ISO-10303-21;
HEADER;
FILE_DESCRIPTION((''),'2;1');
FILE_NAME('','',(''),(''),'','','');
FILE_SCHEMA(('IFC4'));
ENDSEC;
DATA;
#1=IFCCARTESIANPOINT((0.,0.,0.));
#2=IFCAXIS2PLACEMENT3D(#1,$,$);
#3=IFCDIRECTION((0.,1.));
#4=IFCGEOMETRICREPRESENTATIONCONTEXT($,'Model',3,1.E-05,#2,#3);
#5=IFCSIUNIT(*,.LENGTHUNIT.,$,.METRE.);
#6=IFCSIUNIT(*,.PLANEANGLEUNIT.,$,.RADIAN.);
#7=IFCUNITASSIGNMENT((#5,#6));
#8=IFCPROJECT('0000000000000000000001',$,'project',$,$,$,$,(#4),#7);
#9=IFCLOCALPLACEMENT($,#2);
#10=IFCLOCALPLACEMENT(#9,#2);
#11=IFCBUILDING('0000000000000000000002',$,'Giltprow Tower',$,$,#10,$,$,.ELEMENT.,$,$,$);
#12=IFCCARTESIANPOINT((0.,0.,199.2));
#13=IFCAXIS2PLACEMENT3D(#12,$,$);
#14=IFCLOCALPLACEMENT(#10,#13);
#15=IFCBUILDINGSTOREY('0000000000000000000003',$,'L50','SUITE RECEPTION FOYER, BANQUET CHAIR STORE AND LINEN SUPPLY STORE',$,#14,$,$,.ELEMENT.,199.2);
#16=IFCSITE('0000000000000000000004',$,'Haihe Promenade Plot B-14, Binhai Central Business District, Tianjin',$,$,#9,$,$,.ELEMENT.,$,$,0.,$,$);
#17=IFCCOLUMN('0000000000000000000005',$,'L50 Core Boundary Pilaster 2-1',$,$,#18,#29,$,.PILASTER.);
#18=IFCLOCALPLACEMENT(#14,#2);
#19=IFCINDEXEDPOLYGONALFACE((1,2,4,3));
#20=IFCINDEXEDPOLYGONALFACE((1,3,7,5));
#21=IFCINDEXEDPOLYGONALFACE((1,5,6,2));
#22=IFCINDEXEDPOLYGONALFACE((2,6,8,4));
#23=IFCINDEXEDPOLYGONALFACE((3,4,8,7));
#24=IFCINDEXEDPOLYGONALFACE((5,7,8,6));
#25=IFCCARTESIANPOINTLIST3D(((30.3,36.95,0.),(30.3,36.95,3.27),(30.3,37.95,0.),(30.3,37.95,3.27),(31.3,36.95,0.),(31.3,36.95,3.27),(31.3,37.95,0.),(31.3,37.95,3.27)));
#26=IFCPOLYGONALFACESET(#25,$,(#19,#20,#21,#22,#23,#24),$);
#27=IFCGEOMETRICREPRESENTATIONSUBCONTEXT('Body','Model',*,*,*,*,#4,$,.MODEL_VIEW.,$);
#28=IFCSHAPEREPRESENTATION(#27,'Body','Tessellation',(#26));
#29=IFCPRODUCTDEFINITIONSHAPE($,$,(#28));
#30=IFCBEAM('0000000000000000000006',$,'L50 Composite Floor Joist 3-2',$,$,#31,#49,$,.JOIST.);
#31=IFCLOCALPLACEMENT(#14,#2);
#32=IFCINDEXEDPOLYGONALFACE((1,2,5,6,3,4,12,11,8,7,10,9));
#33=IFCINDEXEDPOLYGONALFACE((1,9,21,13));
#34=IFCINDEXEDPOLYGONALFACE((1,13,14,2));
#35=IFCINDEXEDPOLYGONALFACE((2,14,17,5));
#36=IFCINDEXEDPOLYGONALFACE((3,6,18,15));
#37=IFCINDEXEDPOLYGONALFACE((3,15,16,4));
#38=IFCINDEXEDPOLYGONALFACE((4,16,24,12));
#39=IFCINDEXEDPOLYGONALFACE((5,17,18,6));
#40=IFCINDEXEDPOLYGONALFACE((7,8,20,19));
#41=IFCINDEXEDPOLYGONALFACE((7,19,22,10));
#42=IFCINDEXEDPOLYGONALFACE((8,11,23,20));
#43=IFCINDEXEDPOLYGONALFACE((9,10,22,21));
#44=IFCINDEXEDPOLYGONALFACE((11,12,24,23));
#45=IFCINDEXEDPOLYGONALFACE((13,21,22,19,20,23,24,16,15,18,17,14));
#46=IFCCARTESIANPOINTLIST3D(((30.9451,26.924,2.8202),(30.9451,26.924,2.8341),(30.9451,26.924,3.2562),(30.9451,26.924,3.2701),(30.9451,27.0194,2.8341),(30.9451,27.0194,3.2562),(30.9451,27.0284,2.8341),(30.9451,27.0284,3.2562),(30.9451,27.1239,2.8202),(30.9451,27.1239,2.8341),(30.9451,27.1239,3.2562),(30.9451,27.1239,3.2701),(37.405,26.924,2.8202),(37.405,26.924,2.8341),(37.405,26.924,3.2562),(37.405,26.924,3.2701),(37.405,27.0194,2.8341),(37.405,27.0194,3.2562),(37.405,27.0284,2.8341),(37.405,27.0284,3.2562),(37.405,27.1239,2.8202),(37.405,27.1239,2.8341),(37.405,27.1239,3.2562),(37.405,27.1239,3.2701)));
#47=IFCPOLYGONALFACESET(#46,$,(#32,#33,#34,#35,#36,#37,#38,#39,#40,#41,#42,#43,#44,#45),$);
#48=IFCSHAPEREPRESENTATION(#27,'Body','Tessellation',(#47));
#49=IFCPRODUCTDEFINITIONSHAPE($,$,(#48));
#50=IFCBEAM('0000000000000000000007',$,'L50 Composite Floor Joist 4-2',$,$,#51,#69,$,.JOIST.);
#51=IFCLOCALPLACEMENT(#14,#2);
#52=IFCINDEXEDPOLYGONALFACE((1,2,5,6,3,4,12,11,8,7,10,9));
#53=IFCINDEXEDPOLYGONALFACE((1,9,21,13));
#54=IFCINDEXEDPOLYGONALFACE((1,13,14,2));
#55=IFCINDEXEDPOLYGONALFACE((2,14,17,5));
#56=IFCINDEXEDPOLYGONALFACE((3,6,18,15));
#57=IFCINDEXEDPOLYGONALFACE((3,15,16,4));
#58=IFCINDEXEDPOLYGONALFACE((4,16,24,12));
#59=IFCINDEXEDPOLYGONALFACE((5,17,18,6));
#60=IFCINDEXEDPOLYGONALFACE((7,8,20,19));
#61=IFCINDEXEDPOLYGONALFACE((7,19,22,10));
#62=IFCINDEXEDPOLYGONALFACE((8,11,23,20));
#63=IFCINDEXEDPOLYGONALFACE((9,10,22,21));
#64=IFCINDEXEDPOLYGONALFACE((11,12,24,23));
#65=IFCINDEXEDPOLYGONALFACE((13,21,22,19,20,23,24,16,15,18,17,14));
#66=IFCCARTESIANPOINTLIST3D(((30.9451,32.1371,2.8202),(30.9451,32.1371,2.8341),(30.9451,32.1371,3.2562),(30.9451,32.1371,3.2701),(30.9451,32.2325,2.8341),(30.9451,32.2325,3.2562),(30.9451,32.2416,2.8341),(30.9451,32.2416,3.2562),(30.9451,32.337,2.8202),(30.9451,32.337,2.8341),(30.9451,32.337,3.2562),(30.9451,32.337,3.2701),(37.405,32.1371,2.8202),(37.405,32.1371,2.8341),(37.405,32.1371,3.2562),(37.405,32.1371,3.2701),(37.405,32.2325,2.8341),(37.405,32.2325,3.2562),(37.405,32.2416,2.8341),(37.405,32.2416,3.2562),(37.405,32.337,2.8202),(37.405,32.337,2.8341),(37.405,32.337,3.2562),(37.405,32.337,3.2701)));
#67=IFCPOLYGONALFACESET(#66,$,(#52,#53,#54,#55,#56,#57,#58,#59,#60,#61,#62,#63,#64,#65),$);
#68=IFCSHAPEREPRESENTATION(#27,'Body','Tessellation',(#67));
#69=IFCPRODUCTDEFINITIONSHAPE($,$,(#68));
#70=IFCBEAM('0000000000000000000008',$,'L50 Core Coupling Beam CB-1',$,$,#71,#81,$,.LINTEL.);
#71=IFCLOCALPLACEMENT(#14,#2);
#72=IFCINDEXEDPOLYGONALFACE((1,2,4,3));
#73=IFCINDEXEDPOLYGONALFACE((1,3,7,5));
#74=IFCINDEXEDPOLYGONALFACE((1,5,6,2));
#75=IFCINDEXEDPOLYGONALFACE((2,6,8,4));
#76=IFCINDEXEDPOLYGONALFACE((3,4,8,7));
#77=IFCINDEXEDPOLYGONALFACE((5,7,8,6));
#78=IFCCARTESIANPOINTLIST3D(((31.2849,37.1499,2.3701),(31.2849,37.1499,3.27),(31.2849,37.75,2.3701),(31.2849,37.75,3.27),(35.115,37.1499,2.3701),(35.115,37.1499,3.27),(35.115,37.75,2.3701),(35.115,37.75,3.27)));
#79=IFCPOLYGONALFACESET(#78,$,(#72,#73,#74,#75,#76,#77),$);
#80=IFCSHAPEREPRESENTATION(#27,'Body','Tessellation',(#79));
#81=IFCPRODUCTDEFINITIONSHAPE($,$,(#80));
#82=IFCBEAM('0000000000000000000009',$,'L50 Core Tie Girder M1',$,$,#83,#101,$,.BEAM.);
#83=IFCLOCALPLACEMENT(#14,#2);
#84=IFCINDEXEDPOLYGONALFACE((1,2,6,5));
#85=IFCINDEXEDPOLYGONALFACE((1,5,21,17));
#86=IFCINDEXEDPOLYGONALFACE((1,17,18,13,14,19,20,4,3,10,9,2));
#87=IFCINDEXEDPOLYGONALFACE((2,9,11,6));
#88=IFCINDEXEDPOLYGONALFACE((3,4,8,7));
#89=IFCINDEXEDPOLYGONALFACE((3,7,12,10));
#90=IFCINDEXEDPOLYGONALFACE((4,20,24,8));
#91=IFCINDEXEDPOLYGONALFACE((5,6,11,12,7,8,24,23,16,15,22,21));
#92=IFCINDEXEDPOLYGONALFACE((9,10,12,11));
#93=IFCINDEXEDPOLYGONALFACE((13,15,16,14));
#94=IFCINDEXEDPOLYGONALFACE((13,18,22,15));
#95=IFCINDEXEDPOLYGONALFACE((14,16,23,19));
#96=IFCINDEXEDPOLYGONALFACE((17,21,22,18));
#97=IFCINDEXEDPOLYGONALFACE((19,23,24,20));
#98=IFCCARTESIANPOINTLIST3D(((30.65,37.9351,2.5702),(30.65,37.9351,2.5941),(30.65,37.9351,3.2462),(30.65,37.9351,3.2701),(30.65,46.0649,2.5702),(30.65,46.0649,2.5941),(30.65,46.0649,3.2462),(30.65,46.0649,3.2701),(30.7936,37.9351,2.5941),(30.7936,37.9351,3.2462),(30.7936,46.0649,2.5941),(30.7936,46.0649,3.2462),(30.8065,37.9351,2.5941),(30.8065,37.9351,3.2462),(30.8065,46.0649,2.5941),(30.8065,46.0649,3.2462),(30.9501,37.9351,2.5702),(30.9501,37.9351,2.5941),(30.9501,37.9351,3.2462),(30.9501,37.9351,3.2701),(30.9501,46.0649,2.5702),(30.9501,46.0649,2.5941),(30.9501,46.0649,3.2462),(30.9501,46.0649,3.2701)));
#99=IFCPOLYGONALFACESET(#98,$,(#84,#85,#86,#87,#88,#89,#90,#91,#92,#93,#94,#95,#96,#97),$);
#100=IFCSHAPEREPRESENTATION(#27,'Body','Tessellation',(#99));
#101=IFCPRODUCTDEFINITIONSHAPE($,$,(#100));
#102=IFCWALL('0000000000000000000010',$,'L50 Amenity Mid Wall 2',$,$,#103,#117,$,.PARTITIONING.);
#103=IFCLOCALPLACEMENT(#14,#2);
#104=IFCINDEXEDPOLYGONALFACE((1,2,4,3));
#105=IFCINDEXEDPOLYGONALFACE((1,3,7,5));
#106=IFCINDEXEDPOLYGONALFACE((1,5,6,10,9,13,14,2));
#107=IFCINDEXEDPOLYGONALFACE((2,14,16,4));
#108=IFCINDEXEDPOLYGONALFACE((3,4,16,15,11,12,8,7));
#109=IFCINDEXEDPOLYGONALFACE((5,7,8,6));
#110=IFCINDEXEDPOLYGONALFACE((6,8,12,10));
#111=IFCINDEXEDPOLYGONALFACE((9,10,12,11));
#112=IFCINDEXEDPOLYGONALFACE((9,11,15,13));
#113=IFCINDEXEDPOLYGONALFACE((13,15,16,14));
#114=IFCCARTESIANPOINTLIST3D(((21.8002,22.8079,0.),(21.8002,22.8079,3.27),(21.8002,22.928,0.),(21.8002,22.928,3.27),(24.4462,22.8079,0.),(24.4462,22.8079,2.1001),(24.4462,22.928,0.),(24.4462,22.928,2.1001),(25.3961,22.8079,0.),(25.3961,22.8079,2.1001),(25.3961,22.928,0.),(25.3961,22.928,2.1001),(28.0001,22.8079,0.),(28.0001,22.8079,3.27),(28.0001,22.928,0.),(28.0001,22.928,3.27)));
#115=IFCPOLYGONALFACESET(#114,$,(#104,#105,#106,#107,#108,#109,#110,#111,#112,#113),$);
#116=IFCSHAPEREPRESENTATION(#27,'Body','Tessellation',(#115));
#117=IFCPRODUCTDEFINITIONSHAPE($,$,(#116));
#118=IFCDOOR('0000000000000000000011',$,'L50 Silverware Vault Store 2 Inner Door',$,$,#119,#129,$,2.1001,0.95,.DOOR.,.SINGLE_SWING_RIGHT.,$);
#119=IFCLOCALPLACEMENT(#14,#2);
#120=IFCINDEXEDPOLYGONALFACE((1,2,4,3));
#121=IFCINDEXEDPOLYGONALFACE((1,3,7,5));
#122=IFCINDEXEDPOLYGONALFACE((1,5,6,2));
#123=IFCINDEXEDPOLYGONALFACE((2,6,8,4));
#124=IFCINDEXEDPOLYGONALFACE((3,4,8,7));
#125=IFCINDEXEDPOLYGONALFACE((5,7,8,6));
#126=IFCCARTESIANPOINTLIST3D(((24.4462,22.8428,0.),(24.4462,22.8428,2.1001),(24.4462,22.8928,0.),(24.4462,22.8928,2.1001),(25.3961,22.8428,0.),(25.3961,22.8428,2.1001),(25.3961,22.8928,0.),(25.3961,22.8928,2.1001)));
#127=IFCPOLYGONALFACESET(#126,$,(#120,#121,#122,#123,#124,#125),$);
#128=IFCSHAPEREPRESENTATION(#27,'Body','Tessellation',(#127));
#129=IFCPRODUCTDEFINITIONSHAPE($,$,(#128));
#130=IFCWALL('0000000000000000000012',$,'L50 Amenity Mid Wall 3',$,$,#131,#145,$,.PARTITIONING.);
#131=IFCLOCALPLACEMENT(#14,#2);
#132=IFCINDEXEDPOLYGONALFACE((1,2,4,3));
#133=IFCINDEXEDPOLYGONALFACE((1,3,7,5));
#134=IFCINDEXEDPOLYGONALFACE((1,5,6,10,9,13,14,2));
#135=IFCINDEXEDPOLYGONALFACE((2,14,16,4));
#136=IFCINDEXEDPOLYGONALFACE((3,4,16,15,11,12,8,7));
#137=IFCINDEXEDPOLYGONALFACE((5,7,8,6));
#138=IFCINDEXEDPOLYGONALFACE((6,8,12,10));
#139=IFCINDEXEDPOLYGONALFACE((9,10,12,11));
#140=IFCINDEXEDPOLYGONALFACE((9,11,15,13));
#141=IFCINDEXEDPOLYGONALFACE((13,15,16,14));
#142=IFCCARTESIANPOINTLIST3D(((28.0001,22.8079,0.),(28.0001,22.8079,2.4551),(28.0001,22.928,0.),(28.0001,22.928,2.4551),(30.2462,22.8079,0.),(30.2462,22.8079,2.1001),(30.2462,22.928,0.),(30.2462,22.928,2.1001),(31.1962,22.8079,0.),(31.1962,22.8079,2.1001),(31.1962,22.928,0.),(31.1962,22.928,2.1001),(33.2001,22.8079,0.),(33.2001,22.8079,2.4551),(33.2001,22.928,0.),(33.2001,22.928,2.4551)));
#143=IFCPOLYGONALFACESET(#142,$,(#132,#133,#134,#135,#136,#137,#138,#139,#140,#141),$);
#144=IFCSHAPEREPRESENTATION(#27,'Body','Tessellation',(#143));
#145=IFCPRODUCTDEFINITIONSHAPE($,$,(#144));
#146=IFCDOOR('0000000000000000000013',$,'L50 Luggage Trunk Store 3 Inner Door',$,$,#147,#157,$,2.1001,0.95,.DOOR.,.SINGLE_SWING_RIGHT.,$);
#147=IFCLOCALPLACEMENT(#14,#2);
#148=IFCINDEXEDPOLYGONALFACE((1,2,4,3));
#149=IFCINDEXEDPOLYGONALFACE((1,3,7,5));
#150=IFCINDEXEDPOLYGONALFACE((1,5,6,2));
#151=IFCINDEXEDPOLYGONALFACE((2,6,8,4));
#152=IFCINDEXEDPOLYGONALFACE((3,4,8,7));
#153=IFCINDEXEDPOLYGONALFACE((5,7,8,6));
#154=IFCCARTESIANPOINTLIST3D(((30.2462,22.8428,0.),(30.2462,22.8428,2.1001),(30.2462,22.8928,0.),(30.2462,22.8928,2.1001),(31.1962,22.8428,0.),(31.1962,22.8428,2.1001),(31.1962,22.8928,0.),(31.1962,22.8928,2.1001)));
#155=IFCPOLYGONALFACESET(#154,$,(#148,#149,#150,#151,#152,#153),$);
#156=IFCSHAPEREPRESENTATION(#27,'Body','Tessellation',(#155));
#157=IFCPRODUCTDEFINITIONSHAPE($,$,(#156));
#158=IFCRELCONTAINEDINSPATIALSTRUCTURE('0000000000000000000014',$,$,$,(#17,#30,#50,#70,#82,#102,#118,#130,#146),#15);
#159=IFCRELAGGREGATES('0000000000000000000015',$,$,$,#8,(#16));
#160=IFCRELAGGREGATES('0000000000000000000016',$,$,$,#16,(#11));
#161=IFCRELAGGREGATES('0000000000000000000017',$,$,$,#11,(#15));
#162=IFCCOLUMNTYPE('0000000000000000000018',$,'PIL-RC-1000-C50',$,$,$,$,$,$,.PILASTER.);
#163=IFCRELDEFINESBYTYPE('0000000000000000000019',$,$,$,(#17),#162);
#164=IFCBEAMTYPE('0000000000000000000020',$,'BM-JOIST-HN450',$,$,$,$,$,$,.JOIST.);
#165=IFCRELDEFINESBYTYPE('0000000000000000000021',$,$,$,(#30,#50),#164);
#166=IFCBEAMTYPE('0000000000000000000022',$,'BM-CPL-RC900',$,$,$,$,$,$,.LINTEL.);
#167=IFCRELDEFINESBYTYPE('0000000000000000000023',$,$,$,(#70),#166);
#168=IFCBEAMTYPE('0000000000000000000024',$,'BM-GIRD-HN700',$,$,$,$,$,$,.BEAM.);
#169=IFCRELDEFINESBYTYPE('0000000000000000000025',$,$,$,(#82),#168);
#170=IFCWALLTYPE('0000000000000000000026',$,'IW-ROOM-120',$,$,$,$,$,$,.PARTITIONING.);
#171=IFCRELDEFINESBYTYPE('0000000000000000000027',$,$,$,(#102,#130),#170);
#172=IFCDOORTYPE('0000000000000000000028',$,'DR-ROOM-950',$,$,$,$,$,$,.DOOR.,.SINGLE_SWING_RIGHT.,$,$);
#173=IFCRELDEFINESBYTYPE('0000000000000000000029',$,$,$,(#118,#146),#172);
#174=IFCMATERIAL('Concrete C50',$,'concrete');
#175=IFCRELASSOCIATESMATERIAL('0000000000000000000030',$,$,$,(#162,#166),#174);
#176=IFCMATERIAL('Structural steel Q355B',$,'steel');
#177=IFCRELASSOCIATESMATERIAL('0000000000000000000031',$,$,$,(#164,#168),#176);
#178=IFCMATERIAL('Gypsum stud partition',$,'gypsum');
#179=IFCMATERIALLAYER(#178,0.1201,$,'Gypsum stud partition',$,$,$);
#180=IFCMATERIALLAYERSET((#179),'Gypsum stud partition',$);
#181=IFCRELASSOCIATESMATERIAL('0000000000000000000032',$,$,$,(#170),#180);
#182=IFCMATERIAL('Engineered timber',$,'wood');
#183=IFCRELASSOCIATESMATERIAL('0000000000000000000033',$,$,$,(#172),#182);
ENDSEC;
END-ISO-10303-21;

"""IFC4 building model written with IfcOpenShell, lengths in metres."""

from ifc_helpers import new_model, si_unit, direction, frame, frame_2d, origin, origin_2d, place, context, subcontext, project, spatial, rectangle, i_section, extrude, source, transform, mapped, material, layer, layer_set, material_profile, profile_set, type_object, element, fill, save


model = new_model("IFC4")

# Units and contexts
model_context = context("Model", 3, precision=1e-05, world=origin(), true_north=direction((0.0, 1.0)))
body_context = subcontext(model_context, "Body", "Model", "MODEL_VIEW")
ifc_project = project(units=[si_unit("LENGTHUNIT", "METRE"), si_unit("PLANEANGLEUNIT", "RADIAN")], contexts=[model_context])

# Site, building, storey
site_placement = place(None, origin())
site = spatial("IfcSite", under=ifc_project, at=site_placement, Name="Haihe Promenade Plot B-14, Binhai Central Business District, Tianjin", CompositionType="ELEMENT", RefElevation=0.0)
building_placement = place(site_placement, origin())
building = spatial("IfcBuilding", under=site, at=building_placement, Name="Giltprow Tower", CompositionType="ELEMENT")
storey_placement = place(building_placement, frame((0.0, 0.0, 199.2)))
storey = spatial("IfcBuildingStorey", under=building, at=storey_placement, Name="L50", Description="SUITE RECEPTION FOYER, BANQUET CHAIR STORE AND LINEN SUPPLY STORE", CompositionType="ELEMENT", Elevation=199.2)

# Column
ifc_material_1 = material(Name="Concrete C50", Category="concrete")
ifc_material_profile_1 = material_profile(ifc_material_1, rectangle(XDim=1.0, YDim=1.0, at=origin_2d()), Name="RC 1000x1000")
ifc_profile_set_1 = profile_set([ifc_material_profile_1], Name="Concrete C50")
column_type = type_object("IfcColumnType", Name="PIL-RC-1000-C50", PredefinedType="PILASTER", material=ifc_profile_set_1)
shared_shape_1 = source(origin(), body_context, "Body", "SweptSolid", [
    extrude(rectangle(XDim=1.0, YDim=1.0, at=origin_2d()), origin(), (0.0, 0.0, 1.0), 3.27),
])
column_placement = place(storey_placement, frame((30.8, 37.45, 0.0), z_axis=(0.0, 0.0, 1.0), x_axis=(1.0, 0.0, 0.0)))
element("IfcColumn", 1, at=column_placement, inside=storey, type_object=column_type, Name="L50 Core Boundary Pilaster 2-1", PredefinedType="PILASTER", context=body_context, shape_type="MappedRepresentation", body=[
    mapped(shared_shape_1, transform((0.0, 0.0, 0.0), x_axis=(1.0, 0.0, 0.0), y_axis=(0.0, 1.0, 0.0), z_axis=(0.0, 0.0, 1.0), scale=1.0)),
])

# Beams
ifc_material_2 = material(Name="Structural steel Q355B", Category="steel")
ifc_material_profile_2 = material_profile(ifc_material_2, i_section(OverallWidth=0.2, OverallDepth=0.45, WebThickness=0.009, FlangeThickness=0.0139, at=origin_2d()), Name="HN 450x200x9x14")
ifc_profile_set_2 = profile_set([ifc_material_profile_2], Name="Structural steel Q355B")
beam_type_1 = type_object("IfcBeamType", Name="BM-JOIST-HN450", PredefinedType="JOIST", material=ifc_profile_set_2)
shared_shape_2 = source(origin(), body_context, "Body", "SweptSolid", [
    extrude(i_section(OverallWidth=0.2, OverallDepth=0.45, WebThickness=0.009, FlangeThickness=0.0139, at=origin_2d()), origin(), (0.0, 0.0, 1.0), 6.46),
])
for number, where, z_axis, x_axis, name in (
    (2, (30.9451, 27.0239, 3.0452), (1.0, 0.0, 0.0), (0.0, 1.0, 0.0), "L50 Composite Floor Joist 3-2"),
    (3, (30.9451, 32.2371, 3.0452), (1.0, 0.0, 0.0), (0.0, 1.0, 0.0), "L50 Composite Floor Joist 4-2"),
):
    element("IfcBeam", number, at=place(storey_placement, frame(where, z_axis=z_axis, x_axis=x_axis)), inside=storey, type_object=beam_type_1, Name=name, PredefinedType="JOIST", context=body_context, shape_type="MappedRepresentation", body=[
        mapped(shared_shape_2, transform((0.0, 0.0, 0.0), x_axis=(1.0, 0.0, 0.0), y_axis=(0.0, 1.0, 0.0), z_axis=(0.0, 0.0, 1.0), scale=1.0)),
    ])
ifc_material_profile_3 = material_profile(ifc_material_1, rectangle(XDim=0.6001, YDim=0.8999, at=origin_2d()), Name="RC 900x600")
ifc_profile_set_3 = profile_set([ifc_material_profile_3], Name="Concrete C50")
beam_type_2 = type_object("IfcBeamType", Name="BM-CPL-RC900", PredefinedType="LINTEL", material=ifc_profile_set_3)
shared_shape_3 = source(origin(), body_context, "Body", "SweptSolid", [
    extrude(rectangle(XDim=0.6001, YDim=0.8999, at=origin_2d()), origin(), (0.0, 0.0, 1.0), 3.8301),
])
beam_1_placement = place(storey_placement, frame((31.2849, 37.45, 2.8201), z_axis=(1.0, 0.0, 0.0), x_axis=(0.0, 1.0, 0.0)))
element("IfcBeam", 4, at=beam_1_placement, inside=storey, type_object=beam_type_2, Name="L50 Core Coupling Beam CB-1", PredefinedType="LINTEL", context=body_context, shape_type="MappedRepresentation", body=[
    mapped(shared_shape_3, transform((0.0, 0.0, 0.0), x_axis=(1.0, 0.0, 0.0), y_axis=(0.0, 1.0, 0.0), z_axis=(0.0, 0.0, 1.0), scale=1.0)),
])
ifc_material_profile_4 = material_profile(ifc_material_2, i_section(OverallWidth=0.3, OverallDepth=0.7, WebThickness=0.0129, FlangeThickness=0.0239, at=origin_2d()), Name="HN 700x300x13x24")
ifc_profile_set_4 = profile_set([ifc_material_profile_4], Name="Structural steel Q355B")
beam_type_3 = type_object("IfcBeamType", Name="BM-GIRD-HN700", PredefinedType="BEAM", material=ifc_profile_set_4)
shared_shape_4 = source(origin(), body_context, "Body", "SweptSolid", [
    extrude(i_section(OverallWidth=0.3, OverallDepth=0.7, WebThickness=0.0129, FlangeThickness=0.0239, at=origin_2d()), origin(), (0.0, 0.0, 1.0), 8.1299),
])
beam_2_placement = place(storey_placement, frame((30.8, 37.9351, 2.9202), z_axis=(0.0, 1.0, 0.0), x_axis=(-1.0, 0.0, 0.0)))
element("IfcBeam", 5, at=beam_2_placement, inside=storey, type_object=beam_type_3, Name="L50 Core Tie Girder M1", PredefinedType="BEAM", context=body_context, shape_type="MappedRepresentation", body=[
    mapped(shared_shape_4, transform((0.0, 0.0, 0.0), x_axis=(1.0, 0.0, 0.0), y_axis=(0.0, 1.0, 0.0), z_axis=(0.0, 0.0, 1.0), scale=1.0)),
])

# Walls, openings, doors
ifc_material_3 = material(Name="Gypsum stud partition", Category="gypsum")
ifc_layer_1 = layer(ifc_material_3, 0.1201, Name="Gypsum stud partition")
ifc_layer_set_1 = layer_set([ifc_layer_1], Name="Gypsum stud partition")
wall_type_1 = type_object("IfcWallType", Name="IW-ROOM-120", PredefinedType="PARTITIONING", material=ifc_layer_set_1)
wall_1_placement = place(storey_placement, frame((21.8, 22.8679, 0.0), z_axis=(0.0, 0.0, 1.0), x_axis=(1.0, 0.0, 0.0)))
wall_1 = element("IfcWall", 6, at=wall_1_placement, inside=storey, type_object=wall_type_1, Name="L50 Amenity Mid Wall 2", PredefinedType="PARTITIONING", context=body_context, shape_type="SweptSolid", body=[
    extrude(rectangle(XDim=6.2, YDim=0.1201, at=frame_2d((3.1001, 0.0))), origin(), (0.0, 0.0, 1.0), 3.27),
])
opening_1_placement = place(wall_1_placement, frame((2.646, 0.0, 0.0)))
opening_1 = element("IfcOpeningElement", 7, at=opening_1_placement, cuts=wall_1, PredefinedType="OPENING", context=body_context, shape_type="SweptSolid", body=[
    extrude(rectangle(XDim=0.95, YDim=2.1001, at=frame_2d((0.4751, 1.05))), frame((0.0, 0.0701, 0.0), z_axis=(0.0, -1.0, 0.0), x_axis=(1.0, 0.0, 0.0)), (0.0, 0.0, 1.0), 0.1401),
])
ifc_material_4 = material(Name="Engineered timber", Category="wood")
door_type_1 = type_object("IfcDoorType", Name="DR-ROOM-950", OperationType="SINGLE_SWING_RIGHT", PredefinedType="DOOR", material=ifc_material_4)
shared_shape_5 = source(origin(), body_context, "Body", "SweptSolid", [
    extrude(rectangle(XDim=0.95, YDim=2.1001, at=frame_2d((0.4751, 1.05))), frame((0.0, 0.0249, 0.0), z_axis=(0.0, -1.0, 0.0), x_axis=(1.0, 0.0, 0.0)), (0.0, 0.0, 1.0), 0.05),
])
door_1_placement = place(opening_1_placement, origin())
door_1 = element("IfcDoor", 8, at=door_1_placement, inside=storey, type_object=door_type_1, Name="L50 Silverware Vault Store 2 Inner Door", OperationType="SINGLE_SWING_RIGHT", OverallHeight=2.1001, OverallWidth=0.95, PredefinedType="DOOR", context=body_context, shape_type="MappedRepresentation", body=[
    mapped(shared_shape_5, transform((0.0, 0.0, 0.0), x_axis=(1.0, 0.0, 0.0), y_axis=(0.0, 1.0, 0.0), z_axis=(0.0, 0.0, 1.0), scale=1.0)),
])
fill(opening_1, door_1)
wall_2_placement = place(storey_placement, frame((28.0, 22.8679, 0.0), z_axis=(0.0, 0.0, 1.0), x_axis=(1.0, 0.0, 0.0)))
wall_2 = element("IfcWall", 9, at=wall_2_placement, inside=storey, type_object=wall_type_1, Name="L50 Amenity Mid Wall 3", PredefinedType="PARTITIONING", context=body_context, shape_type="SweptSolid", body=[
    extrude(rectangle(XDim=5.2, YDim=0.1201, at=frame_2d((2.6001, 0.0))), origin(), (0.0, 0.0, 1.0), 2.4551),
])
opening_2_placement = place(wall_2_placement, frame((2.2461, 0.0, 0.0)))
opening_2 = element("IfcOpeningElement", 10, at=opening_2_placement, cuts=wall_2, PredefinedType="OPENING", context=body_context, shape_type="SweptSolid", body=[
    extrude(rectangle(XDim=0.95, YDim=2.1001, at=frame_2d((0.4751, 1.05))), frame((0.0, 0.0701, 0.0), z_axis=(0.0, -1.0, 0.0), x_axis=(1.0, 0.0, 0.0)), (0.0, 0.0, 1.0), 0.1401),
])
door_2_placement = place(opening_2_placement, origin())
door_2 = element("IfcDoor", 11, at=door_2_placement, inside=storey, type_object=door_type_1, Name="L50 Luggage Trunk Store 3 Inner Door", OperationType="SINGLE_SWING_RIGHT", OverallHeight=2.1001, OverallWidth=0.95, PredefinedType="DOOR", context=body_context, shape_type="MappedRepresentation", body=[
    mapped(shared_shape_5, transform((0.0, 0.0, 0.0), x_axis=(1.0, 0.0, 0.0), y_axis=(0.0, 1.0, 0.0), z_axis=(0.0, 0.0, 1.0), scale=1.0)),
])
fill(opening_2, door_2)

save(model, "model.ifc")
